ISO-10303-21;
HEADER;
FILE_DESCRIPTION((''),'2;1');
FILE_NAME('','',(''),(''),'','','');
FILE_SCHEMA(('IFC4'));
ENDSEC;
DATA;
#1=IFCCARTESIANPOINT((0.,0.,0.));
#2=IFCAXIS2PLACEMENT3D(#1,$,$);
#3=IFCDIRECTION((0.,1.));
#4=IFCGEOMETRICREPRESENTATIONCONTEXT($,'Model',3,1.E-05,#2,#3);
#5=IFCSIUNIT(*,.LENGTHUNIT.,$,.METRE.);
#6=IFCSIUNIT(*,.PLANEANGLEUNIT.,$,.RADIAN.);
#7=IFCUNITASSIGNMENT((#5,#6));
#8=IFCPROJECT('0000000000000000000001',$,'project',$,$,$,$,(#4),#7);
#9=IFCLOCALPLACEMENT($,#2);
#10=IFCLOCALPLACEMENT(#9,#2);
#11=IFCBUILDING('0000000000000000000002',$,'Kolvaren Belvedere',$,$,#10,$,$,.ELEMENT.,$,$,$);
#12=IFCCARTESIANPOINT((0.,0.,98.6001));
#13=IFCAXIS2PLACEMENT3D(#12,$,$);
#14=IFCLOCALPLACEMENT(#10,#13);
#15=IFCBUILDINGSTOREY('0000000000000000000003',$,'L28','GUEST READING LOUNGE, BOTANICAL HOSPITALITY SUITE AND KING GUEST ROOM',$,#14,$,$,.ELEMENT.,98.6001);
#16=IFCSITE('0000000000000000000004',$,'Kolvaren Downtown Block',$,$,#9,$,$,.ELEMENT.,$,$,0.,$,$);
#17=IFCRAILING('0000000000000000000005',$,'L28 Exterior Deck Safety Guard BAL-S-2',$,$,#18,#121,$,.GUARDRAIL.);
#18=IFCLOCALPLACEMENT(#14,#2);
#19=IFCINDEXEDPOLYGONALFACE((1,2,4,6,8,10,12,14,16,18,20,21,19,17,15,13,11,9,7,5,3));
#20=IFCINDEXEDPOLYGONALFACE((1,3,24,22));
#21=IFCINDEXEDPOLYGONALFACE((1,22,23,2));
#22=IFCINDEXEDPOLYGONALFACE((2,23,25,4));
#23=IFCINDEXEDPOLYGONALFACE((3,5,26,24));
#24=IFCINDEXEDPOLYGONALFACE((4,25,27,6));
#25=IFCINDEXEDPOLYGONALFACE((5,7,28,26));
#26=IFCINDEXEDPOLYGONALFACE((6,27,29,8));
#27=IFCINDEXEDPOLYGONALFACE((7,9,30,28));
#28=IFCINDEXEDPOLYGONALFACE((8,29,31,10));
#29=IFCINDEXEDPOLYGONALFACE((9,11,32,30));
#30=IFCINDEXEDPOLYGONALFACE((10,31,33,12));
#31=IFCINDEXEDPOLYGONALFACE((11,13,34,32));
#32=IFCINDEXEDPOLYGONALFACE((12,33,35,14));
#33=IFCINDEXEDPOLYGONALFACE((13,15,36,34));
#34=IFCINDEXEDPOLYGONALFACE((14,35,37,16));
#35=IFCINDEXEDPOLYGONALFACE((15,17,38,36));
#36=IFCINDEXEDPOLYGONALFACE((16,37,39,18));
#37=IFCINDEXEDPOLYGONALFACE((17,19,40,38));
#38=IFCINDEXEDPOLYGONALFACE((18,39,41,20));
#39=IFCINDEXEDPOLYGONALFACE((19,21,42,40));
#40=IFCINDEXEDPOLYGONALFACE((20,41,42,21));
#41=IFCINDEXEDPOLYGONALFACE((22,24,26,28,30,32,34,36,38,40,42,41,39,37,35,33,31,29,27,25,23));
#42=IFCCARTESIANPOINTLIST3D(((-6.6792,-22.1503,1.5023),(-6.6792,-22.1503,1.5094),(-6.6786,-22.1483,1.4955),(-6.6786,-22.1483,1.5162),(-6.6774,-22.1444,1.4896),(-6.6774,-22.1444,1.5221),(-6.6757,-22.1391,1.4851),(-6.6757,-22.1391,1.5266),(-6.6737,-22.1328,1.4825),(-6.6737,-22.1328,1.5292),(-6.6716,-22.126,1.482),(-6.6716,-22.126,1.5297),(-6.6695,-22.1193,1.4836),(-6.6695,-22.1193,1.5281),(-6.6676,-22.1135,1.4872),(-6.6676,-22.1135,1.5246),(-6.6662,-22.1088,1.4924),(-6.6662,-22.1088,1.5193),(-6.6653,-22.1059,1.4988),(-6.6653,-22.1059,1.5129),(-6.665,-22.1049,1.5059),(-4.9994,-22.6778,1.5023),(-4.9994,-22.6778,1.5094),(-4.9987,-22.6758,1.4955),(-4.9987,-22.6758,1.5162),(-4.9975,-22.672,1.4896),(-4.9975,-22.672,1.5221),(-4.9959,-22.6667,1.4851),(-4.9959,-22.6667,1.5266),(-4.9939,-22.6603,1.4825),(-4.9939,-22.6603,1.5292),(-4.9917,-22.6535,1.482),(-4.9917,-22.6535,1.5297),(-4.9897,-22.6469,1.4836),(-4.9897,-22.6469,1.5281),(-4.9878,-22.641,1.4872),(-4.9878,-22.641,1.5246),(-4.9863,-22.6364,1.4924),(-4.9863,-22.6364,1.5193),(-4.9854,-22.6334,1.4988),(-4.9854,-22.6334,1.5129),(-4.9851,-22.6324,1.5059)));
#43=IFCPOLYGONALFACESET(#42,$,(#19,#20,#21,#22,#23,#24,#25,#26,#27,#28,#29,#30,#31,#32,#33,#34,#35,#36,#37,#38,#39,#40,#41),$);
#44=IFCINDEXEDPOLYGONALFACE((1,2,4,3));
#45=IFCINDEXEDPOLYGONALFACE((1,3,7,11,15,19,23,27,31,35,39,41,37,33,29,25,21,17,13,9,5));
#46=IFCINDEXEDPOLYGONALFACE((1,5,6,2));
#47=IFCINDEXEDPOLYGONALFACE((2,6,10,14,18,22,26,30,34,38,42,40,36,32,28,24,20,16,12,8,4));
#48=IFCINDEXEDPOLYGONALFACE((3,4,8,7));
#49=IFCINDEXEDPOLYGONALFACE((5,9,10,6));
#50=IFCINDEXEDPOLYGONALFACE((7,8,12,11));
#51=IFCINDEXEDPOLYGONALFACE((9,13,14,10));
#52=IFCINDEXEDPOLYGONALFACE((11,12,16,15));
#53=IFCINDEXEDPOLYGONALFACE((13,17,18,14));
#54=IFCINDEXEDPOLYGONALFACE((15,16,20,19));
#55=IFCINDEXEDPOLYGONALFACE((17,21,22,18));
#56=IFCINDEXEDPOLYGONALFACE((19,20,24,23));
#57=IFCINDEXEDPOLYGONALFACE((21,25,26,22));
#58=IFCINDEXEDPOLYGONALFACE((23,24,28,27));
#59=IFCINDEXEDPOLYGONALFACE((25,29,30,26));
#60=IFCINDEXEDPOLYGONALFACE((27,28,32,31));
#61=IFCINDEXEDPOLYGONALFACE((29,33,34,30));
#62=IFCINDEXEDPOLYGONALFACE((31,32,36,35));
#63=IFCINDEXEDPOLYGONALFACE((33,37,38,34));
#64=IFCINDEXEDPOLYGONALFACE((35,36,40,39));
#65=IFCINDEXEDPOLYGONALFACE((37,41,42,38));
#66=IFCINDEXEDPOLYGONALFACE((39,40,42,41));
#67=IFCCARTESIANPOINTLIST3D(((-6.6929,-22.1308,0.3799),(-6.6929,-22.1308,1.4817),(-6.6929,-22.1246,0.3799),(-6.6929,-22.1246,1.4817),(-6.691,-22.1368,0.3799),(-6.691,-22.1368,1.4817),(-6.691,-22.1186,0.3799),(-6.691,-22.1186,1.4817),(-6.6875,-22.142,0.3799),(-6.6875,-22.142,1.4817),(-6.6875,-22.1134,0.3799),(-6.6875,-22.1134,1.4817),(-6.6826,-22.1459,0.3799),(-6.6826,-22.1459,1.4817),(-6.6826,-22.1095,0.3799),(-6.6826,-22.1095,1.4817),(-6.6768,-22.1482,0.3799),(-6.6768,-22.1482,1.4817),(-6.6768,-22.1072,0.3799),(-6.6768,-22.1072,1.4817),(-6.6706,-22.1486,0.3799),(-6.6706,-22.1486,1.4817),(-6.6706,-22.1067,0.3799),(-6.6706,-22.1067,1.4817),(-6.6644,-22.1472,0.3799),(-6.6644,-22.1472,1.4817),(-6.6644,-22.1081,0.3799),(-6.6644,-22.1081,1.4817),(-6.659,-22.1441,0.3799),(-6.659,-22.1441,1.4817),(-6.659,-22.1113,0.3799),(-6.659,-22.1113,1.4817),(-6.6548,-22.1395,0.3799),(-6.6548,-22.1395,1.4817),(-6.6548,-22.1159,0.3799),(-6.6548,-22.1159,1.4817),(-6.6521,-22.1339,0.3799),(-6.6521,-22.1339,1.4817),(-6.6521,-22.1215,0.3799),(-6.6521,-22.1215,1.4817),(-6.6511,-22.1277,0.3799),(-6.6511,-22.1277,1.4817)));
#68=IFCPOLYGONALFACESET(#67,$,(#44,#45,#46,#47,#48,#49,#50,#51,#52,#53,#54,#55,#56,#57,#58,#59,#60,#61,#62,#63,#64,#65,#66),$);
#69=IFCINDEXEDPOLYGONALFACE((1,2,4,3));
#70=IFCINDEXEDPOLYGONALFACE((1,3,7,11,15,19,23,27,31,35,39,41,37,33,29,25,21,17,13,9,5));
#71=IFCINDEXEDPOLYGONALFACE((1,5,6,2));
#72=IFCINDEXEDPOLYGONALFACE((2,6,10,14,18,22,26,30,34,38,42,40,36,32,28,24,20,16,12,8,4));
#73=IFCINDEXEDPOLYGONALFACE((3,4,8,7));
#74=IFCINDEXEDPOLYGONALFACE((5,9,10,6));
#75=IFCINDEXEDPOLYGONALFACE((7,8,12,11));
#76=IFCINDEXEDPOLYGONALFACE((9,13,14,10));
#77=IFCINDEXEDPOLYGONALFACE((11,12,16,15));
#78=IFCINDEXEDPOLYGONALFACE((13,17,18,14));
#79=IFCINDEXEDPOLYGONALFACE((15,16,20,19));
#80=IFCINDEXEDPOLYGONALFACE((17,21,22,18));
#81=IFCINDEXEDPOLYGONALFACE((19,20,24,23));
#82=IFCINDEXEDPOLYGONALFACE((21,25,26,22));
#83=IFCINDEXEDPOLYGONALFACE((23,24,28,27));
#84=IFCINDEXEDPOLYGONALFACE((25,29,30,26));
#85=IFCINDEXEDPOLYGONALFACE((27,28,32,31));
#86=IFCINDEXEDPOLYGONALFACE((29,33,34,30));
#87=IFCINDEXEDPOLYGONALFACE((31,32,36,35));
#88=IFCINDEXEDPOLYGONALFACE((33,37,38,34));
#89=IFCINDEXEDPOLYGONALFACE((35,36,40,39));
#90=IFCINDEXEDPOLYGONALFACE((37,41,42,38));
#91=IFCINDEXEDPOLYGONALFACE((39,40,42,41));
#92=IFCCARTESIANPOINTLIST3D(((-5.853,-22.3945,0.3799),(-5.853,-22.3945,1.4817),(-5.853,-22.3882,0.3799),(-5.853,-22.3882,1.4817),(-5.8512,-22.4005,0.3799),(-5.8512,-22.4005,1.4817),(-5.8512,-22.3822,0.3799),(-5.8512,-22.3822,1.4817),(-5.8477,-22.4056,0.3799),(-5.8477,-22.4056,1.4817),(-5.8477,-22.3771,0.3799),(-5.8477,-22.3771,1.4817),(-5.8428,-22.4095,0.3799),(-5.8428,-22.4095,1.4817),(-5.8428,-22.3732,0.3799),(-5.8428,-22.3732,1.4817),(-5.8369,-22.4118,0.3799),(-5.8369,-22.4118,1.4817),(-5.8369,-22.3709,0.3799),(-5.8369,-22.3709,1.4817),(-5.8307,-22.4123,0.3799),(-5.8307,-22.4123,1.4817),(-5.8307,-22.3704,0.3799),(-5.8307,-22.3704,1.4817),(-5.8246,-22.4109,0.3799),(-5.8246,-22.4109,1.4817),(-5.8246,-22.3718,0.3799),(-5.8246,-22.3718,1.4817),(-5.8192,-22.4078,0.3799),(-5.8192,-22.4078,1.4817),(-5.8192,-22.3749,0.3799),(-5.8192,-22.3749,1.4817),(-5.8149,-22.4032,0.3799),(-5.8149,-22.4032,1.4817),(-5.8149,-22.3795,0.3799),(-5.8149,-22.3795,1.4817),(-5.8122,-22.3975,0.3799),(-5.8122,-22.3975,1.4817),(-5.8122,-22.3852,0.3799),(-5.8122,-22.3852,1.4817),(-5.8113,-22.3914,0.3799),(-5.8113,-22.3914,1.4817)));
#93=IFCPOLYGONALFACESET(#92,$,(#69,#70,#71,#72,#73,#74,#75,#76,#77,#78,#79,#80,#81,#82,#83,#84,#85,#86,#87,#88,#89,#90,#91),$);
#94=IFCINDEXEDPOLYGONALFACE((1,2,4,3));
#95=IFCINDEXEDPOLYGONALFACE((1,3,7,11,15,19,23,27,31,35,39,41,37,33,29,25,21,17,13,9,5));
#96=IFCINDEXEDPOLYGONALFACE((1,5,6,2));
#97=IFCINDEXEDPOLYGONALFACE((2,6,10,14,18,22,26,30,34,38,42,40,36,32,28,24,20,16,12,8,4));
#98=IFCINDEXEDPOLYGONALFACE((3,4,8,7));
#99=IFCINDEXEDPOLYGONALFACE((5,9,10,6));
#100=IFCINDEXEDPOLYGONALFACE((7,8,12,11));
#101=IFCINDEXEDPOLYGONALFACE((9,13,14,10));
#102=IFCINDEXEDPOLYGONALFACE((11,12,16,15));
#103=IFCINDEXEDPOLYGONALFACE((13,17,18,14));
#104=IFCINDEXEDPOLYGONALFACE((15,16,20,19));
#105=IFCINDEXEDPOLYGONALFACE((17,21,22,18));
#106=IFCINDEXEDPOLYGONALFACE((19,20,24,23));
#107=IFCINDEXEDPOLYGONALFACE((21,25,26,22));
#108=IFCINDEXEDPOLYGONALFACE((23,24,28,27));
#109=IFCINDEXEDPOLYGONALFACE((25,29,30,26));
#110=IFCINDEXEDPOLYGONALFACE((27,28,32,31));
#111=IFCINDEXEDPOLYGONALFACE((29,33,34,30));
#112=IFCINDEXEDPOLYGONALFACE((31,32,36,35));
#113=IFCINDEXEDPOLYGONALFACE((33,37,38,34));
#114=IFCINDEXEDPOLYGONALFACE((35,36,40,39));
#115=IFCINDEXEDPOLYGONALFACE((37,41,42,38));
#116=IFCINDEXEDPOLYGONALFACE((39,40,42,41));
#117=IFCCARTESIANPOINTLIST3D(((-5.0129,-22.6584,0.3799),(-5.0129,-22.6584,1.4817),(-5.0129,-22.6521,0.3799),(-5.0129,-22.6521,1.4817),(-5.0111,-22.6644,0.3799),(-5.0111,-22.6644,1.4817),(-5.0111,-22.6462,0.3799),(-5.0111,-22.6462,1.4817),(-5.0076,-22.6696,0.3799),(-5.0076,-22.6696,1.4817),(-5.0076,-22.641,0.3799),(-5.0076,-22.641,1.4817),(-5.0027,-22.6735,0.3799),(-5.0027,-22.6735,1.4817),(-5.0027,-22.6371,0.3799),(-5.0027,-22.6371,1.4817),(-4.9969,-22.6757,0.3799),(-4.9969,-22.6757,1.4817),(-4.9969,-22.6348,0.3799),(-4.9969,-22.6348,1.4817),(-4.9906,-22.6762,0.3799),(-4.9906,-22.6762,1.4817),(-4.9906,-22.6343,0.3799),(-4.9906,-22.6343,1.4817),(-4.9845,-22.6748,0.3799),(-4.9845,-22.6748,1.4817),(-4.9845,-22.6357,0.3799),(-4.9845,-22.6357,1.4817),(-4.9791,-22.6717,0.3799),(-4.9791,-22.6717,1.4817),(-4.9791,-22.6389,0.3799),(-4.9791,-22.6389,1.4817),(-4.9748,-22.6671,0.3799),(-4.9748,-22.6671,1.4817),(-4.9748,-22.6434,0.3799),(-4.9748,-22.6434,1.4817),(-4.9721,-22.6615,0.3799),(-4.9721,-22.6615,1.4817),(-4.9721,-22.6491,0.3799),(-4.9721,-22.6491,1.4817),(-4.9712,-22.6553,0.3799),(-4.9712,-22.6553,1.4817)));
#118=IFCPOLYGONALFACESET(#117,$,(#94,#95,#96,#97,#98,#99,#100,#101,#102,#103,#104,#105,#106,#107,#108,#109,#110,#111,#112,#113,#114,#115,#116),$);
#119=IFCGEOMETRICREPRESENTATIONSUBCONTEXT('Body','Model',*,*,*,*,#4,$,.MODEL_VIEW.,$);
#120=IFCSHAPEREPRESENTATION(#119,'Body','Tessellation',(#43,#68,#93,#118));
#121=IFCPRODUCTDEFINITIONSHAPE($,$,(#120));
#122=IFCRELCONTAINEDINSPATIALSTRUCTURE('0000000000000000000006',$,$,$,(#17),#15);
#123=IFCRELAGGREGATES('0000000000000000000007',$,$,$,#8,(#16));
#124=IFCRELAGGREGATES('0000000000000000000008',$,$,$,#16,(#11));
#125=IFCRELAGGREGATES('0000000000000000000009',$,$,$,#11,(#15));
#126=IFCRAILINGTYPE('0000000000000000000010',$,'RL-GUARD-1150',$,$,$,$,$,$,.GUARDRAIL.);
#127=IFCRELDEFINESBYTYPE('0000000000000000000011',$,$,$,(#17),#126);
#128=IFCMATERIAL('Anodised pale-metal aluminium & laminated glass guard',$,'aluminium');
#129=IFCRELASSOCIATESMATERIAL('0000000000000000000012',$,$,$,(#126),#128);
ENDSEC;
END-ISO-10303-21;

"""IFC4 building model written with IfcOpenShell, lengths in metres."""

from ifc_helpers import new_model, si_unit, direction, frame, origin, origin_2d, place, context, subcontext, project, spatial, circle, extrude, material, type_object, element, save


model = new_model("IFC4")

# Units and contexts
model_context = context("Model", 3, precision=1e-05, world=origin(), true_north=direction((0.0, 1.0)))
body_context = subcontext(model_context, "Body", "Model", "MODEL_VIEW")
ifc_project = project(units=[si_unit("LENGTHUNIT", "METRE"), si_unit("PLANEANGLEUNIT", "RADIAN")], contexts=[model_context])

# Site, building, storey
site_placement = place(None, origin())
site = spatial("IfcSite", under=ifc_project, at=site_placement, Name="Kolvaren Downtown Block", CompositionType="ELEMENT", RefElevation=0.0)
building_placement = place(site_placement, origin())
building = spatial("IfcBuilding", under=site, at=building_placement, Name="Kolvaren Belvedere", CompositionType="ELEMENT")
storey_placement = place(building_placement, frame((0.0, 0.0, 98.6001)))
storey = spatial("IfcBuildingStorey", under=building, at=storey_placement, Name="L28", Description="GUEST READING LOUNGE, BOTANICAL HOSPITALITY SUITE AND KING GUEST ROOM", CompositionType="ELEMENT", Elevation=98.6001)

# Railing
ifc_material_1 = material(Name="Anodised pale-metal aluminium & laminated glass guard", Category="aluminium")
railing_type = type_object("IfcRailingType", Name="RL-GUARD-1150", PredefinedType="GUARDRAIL", material=ifc_material_1)
railing_1_placement = place(storey_placement, frame((-6.6721, -22.1277, 0.3799)))
element("IfcRailing", 1, at=railing_1_placement, inside=storey, type_object=railing_type, Name="L28 Exterior Deck Safety Guard BAL-S-2", PredefinedType="GUARDRAIL", context=body_context, shape_type="SweptSolid", body=[
    extrude(circle(Radius=0.0239, at=origin_2d()), frame((0.0, 0.0, 1.126), z_axis=(0.954057, -0.299625, 0.0), x_axis=(0.299625, 0.954057, 0.0)), (0.0, 0.0, 1.0), 1.7607),
    extrude(circle(Radius=0.021, at=origin_2d()), origin(), (0.0, 0.0, 1.0), 1.1018),
    extrude(circle(Radius=0.021, at=origin_2d()), frame((0.8398, -0.2637, 0.0)), (0.0, 0.0, 1.0), 1.1018),
    extrude(circle(Radius=0.021, at=origin_2d()), frame((1.6799, -0.5276, 0.0)), (0.0, 0.0, 1.0), 1.1018),
])

save(model, "model.ifc")
